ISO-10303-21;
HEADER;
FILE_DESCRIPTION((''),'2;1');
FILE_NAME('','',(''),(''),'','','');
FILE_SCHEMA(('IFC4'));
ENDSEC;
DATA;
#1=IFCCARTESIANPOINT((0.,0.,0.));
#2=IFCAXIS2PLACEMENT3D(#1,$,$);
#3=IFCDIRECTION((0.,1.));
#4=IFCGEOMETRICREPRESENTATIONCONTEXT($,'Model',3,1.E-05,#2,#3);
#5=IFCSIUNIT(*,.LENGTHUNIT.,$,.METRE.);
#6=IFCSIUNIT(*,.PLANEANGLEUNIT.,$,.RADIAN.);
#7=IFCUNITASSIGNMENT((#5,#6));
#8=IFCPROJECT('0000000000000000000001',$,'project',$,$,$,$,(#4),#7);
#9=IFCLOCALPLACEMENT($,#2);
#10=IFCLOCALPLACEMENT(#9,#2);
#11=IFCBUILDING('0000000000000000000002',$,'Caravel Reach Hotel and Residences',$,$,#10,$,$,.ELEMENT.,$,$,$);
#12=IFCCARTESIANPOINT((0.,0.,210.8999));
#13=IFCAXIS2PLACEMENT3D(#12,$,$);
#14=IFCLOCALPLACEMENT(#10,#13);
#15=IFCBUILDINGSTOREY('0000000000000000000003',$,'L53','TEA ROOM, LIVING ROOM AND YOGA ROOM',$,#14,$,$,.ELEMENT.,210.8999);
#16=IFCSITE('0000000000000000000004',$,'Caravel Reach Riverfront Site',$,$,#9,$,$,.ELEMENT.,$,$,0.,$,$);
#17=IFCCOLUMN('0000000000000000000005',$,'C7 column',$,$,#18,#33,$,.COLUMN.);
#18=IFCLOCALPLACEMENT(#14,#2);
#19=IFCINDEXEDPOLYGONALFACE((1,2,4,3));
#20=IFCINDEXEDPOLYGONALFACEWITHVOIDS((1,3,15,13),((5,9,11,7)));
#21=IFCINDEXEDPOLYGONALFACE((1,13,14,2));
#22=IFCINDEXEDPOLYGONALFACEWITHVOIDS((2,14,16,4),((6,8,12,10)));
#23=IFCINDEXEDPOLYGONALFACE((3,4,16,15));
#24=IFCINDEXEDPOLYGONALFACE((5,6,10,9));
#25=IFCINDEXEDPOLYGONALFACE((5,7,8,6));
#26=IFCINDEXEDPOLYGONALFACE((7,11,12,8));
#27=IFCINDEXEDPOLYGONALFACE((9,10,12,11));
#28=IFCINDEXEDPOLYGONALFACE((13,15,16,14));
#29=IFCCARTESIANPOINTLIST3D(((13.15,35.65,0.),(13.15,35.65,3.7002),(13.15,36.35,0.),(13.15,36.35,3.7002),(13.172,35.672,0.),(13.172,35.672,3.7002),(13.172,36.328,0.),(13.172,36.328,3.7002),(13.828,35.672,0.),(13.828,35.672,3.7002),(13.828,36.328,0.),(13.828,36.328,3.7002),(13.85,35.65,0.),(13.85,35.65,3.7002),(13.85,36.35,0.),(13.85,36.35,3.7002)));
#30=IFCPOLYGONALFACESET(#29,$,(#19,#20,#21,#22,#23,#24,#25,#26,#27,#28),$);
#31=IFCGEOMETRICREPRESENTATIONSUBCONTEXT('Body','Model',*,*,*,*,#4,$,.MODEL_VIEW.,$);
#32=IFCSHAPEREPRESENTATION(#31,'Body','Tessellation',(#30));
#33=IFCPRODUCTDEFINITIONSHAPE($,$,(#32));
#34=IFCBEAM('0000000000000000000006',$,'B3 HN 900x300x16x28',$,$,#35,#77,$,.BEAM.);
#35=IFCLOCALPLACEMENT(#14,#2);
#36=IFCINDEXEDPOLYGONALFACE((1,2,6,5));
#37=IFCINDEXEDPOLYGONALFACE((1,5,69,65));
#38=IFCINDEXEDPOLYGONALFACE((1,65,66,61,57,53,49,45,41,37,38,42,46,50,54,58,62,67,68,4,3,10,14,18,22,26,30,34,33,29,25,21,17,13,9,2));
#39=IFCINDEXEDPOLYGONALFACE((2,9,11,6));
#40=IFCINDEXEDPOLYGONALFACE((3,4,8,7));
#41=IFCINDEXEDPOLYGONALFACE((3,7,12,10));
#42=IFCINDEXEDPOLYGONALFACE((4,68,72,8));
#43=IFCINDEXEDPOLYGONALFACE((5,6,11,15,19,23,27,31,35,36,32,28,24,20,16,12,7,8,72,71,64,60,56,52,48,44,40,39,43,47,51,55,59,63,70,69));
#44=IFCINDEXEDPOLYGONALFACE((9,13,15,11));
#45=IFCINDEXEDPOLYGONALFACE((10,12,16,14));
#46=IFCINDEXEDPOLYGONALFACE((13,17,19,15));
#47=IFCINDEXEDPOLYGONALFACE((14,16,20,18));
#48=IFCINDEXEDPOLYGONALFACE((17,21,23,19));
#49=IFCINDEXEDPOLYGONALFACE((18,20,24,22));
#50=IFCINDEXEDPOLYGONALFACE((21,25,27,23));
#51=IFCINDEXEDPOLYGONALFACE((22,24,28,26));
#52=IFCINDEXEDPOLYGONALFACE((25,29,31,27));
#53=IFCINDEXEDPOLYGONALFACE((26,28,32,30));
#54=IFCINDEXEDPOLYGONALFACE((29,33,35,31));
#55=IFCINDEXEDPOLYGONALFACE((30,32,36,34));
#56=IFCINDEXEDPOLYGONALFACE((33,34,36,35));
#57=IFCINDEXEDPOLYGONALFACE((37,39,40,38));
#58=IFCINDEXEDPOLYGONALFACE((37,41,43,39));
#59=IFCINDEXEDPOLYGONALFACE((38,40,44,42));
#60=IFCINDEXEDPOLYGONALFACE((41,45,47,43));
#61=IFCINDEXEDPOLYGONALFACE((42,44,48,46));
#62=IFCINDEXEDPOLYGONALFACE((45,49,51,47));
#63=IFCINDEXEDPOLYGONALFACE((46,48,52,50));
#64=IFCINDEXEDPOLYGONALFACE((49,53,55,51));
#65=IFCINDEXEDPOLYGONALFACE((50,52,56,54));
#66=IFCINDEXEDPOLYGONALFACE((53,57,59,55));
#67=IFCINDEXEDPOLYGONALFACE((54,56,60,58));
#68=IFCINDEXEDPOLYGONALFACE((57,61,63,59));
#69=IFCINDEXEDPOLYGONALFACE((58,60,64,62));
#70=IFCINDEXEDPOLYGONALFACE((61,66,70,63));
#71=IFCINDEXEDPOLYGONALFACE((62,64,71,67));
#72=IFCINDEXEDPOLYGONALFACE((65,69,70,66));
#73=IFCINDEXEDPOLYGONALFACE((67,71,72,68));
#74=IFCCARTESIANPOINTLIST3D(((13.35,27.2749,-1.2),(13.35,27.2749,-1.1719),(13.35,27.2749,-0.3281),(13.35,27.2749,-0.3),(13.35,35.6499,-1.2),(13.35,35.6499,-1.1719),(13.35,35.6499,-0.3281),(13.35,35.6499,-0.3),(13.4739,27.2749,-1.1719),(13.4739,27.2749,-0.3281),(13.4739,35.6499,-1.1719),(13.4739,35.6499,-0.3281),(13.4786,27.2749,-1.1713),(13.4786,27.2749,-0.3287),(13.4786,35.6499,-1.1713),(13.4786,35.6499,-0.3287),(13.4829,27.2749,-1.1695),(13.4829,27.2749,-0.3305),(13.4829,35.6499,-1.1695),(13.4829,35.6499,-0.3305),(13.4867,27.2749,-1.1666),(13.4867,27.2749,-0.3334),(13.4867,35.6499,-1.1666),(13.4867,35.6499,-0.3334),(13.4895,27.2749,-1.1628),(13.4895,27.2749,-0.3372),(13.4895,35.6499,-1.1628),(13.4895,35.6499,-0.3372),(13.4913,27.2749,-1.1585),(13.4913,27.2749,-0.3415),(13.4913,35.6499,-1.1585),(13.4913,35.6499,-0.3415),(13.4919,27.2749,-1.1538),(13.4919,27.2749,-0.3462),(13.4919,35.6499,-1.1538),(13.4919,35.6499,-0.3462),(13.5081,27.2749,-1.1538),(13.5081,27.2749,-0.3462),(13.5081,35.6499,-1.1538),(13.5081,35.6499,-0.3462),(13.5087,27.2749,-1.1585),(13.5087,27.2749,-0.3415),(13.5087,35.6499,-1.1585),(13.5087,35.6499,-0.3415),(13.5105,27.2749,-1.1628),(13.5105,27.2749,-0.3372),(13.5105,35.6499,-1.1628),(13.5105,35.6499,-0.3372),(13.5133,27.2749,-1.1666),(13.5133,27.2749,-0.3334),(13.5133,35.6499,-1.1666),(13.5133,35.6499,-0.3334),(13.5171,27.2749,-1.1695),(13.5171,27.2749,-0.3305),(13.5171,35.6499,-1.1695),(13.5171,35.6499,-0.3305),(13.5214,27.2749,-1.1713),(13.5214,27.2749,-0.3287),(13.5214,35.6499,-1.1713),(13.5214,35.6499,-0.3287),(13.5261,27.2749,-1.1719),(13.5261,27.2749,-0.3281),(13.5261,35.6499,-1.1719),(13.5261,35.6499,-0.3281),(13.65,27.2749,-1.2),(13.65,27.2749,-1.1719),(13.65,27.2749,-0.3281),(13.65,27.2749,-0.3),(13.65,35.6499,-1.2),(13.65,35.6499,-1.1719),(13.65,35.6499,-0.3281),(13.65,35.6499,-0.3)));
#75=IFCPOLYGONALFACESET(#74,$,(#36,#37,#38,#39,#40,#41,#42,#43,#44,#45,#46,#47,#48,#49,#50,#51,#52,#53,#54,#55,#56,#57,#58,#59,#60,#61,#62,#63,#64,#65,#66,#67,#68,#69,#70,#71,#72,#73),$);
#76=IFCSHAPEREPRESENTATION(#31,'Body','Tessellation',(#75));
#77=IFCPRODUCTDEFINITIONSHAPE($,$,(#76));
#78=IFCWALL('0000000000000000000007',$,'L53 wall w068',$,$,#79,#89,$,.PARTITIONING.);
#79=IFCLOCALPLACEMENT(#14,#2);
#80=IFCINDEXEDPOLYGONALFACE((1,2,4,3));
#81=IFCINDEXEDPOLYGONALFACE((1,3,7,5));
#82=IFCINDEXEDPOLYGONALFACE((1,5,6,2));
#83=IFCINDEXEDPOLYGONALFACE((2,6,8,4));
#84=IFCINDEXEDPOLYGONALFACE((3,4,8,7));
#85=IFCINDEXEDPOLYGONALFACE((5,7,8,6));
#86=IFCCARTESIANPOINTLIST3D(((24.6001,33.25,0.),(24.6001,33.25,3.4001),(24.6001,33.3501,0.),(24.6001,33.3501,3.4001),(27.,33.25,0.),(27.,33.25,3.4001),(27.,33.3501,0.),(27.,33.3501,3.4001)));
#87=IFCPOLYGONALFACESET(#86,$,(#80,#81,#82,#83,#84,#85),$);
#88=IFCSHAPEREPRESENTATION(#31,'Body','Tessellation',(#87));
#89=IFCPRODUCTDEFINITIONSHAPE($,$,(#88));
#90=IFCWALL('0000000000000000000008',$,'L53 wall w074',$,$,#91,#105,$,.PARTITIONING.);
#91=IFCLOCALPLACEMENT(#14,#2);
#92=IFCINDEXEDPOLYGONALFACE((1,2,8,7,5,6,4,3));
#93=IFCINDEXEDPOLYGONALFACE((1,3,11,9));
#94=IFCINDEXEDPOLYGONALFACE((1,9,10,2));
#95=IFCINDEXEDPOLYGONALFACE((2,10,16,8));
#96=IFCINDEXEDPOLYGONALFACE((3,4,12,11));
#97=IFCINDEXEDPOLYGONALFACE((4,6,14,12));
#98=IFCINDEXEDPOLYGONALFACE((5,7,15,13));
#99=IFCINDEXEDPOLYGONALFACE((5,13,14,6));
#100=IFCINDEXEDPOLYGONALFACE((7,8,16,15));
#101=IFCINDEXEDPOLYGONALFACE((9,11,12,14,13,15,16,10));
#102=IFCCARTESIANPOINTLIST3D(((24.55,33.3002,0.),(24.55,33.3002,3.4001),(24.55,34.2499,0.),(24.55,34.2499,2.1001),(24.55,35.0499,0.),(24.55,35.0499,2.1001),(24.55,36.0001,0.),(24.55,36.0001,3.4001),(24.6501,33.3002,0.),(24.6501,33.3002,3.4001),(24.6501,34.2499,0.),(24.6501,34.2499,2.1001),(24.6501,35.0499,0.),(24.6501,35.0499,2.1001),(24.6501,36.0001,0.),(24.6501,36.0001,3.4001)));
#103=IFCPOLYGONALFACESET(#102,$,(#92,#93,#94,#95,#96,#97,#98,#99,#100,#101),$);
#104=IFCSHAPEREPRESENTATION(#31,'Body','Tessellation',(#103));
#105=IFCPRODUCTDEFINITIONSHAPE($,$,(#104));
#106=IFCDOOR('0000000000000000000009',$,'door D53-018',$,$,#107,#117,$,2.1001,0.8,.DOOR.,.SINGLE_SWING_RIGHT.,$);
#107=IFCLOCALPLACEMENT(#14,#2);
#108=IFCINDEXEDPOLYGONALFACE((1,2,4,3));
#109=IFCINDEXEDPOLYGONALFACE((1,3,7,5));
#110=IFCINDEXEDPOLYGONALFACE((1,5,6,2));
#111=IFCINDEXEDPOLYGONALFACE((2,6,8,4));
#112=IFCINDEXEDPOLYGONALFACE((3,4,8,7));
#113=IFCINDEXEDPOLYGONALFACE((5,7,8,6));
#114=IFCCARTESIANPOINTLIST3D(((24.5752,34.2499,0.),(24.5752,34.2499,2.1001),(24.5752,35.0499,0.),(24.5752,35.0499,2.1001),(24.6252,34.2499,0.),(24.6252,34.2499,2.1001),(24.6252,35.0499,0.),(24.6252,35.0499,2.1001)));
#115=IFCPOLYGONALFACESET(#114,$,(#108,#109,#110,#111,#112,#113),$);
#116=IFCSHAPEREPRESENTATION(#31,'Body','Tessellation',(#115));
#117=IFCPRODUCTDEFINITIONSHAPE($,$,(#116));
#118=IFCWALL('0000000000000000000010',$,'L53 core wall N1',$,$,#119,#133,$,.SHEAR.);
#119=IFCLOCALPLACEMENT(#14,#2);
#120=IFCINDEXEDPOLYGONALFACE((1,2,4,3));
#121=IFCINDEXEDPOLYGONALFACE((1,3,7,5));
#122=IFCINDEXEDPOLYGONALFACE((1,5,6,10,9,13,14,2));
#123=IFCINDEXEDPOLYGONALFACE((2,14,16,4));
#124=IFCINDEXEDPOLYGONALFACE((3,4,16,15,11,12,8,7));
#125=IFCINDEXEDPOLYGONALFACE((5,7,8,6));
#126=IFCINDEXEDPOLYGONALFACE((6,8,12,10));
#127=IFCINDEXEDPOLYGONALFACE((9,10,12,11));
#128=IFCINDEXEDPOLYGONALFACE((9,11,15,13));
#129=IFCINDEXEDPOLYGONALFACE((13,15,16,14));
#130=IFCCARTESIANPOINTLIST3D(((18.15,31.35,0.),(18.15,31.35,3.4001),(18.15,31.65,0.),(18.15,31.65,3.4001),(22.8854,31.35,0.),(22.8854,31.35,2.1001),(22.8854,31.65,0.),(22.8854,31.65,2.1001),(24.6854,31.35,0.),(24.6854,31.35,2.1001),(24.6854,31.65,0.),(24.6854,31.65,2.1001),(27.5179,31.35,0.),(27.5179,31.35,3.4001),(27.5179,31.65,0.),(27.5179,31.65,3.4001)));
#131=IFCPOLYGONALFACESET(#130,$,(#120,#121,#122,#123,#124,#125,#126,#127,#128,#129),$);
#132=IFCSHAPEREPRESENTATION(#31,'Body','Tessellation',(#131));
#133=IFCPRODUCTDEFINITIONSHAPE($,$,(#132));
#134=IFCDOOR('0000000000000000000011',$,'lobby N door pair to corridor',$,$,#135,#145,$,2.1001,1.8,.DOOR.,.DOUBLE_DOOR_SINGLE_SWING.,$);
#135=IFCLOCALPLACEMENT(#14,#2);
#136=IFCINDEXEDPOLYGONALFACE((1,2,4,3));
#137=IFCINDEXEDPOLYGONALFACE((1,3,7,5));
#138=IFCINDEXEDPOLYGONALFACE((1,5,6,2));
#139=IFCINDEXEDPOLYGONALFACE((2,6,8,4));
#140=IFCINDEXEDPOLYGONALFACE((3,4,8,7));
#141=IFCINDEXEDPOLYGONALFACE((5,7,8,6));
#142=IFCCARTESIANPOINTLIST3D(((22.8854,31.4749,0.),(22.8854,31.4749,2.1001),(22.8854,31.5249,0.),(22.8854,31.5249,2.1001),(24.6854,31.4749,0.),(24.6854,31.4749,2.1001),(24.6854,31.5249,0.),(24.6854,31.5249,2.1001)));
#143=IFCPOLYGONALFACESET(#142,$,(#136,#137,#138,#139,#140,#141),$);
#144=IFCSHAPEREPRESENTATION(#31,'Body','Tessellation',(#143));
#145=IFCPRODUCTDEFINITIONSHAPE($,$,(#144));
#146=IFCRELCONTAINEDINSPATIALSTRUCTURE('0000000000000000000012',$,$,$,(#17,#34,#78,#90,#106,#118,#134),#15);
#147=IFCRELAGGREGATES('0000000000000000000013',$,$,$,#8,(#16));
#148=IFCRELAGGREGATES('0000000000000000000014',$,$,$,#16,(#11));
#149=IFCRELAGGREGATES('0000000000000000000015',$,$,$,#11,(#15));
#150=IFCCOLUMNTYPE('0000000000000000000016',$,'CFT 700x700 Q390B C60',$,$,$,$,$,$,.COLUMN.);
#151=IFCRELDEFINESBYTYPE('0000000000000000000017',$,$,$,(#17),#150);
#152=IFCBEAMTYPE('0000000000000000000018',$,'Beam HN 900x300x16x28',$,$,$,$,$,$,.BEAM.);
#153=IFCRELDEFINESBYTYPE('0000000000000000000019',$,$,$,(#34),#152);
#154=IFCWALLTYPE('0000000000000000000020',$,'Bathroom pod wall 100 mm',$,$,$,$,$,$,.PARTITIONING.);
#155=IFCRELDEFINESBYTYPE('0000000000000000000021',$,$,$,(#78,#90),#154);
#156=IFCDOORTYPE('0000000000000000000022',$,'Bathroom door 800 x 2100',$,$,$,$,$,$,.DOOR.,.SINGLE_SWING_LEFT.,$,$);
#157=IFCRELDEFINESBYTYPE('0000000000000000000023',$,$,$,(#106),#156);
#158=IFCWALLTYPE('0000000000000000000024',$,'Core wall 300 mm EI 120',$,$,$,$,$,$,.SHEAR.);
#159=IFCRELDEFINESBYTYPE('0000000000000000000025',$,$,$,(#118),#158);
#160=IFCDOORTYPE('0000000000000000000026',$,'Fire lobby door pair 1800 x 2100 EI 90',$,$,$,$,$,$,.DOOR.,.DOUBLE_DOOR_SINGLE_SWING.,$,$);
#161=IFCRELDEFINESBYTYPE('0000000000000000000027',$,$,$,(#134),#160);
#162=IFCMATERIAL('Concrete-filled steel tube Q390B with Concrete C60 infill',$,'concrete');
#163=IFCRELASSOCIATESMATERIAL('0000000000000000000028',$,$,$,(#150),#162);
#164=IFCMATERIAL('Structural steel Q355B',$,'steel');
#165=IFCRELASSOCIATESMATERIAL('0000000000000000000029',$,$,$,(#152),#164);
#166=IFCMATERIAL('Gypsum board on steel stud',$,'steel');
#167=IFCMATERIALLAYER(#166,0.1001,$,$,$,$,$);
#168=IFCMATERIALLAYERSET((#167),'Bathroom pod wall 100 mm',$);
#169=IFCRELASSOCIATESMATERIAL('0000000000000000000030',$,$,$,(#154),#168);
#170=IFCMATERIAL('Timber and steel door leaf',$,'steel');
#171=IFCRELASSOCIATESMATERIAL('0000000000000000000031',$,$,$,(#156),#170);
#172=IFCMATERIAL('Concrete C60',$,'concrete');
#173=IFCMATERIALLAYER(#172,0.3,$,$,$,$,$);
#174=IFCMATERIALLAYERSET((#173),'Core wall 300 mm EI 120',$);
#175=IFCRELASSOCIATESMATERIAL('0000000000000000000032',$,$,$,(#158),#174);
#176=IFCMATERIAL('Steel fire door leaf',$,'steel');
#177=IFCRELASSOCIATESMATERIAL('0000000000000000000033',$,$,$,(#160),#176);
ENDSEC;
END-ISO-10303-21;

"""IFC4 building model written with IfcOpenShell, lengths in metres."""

from ifc_helpers import new_model, si_unit, direction, frame, frame_2d, origin, origin_2d, place, context, subcontext, project, spatial, rectangle, hollow_rectangle, i_section, extrude, material, layer, layer_set, material_profile, profile_set, type_object, element, fill, save


model = new_model("IFC4")

# Units and contexts
model_context = context("Model", 3, precision=1e-05, world=origin(), true_north=direction((0.0, 1.0)))
body_context = subcontext(model_context, "Body", "Model", "MODEL_VIEW")
ifc_project = project(units=[si_unit("LENGTHUNIT", "METRE"), si_unit("PLANEANGLEUNIT", "RADIAN")], contexts=[model_context])

# Site, building, storey
site_placement = place(None, origin())
site = spatial("IfcSite", under=ifc_project, at=site_placement, Name="Caravel Reach Riverfront Site", CompositionType="ELEMENT", RefElevation=0.0)
building_placement = place(site_placement, origin())
building = spatial("IfcBuilding", under=site, at=building_placement, Name="Caravel Reach Hotel and Residences", CompositionType="ELEMENT")
storey_placement = place(building_placement, frame((0.0, 0.0, 210.8999)))
storey = spatial("IfcBuildingStorey", under=building, at=storey_placement, Name="L53", Description="TEA ROOM, LIVING ROOM AND YOGA ROOM", CompositionType="ELEMENT", Elevation=210.8999)

# Column
ifc_material_1 = material(Name="Concrete-filled steel tube Q390B with Concrete C60 infill", Category="concrete")
ifc_material_profile_1 = material_profile(ifc_material_1, hollow_rectangle(XDim=0.7, YDim=0.7, WallThickness=0.022, at=origin_2d()), Name="RHS 700x700x22")
ifc_profile_set_1 = profile_set([ifc_material_profile_1], Name="Concrete-filled steel tube Q390B with Concrete C60 infill")
column_type = type_object("IfcColumnType", Name="CFT 700x700 Q390B C60", PredefinedType="COLUMN", material=ifc_profile_set_1)
column_placement = place(storey_placement, frame((13.5, 36.0, 0.0), z_axis=(0.0, 0.0, 1.0), x_axis=(1.0, 0.0, 0.0)))
element("IfcColumn", 1, at=column_placement, inside=storey, type_object=column_type, Name="C7 column", PredefinedType="COLUMN", context=body_context, shape_type="SweptSolid", body=[
    extrude(hollow_rectangle(XDim=0.7, YDim=0.7, WallThickness=0.022, at=origin_2d()), origin(), (0.0, 0.0, 1.0), 3.7002),
])

# Beam
ifc_material_2 = material(Name="Structural steel Q355B", Category="steel")
ifc_material_profile_2 = material_profile(ifc_material_2, i_section(OverallWidth=0.3, OverallDepth=0.8999, WebThickness=0.0161, FlangeThickness=0.0281, FilletRadius=0.0181, at=origin_2d()), Name="HN 900x300x16x28")
ifc_profile_set_2 = profile_set([ifc_material_profile_2], Name="Structural steel Q355B")
beam_type = type_object("IfcBeamType", Name="Beam HN 900x300x16x28", PredefinedType="BEAM", material=ifc_profile_set_2)
beam_placement = place(storey_placement, frame((13.5, 27.2749, -0.75), z_axis=(0.0, 1.0, 0.0), x_axis=(-1.0, 0.0, 0.0)))
element("IfcBeam", 2, at=beam_placement, inside=storey, type_object=beam_type, Name="B3 HN 900x300x16x28", PredefinedType="BEAM", context=body_context, shape_type="SweptSolid", body=[
    extrude(i_section(OverallWidth=0.3, OverallDepth=0.8999, WebThickness=0.0161, FlangeThickness=0.0281, FilletRadius=0.0181, at=origin_2d()), origin(), (0.0, 0.0, 1.0), 8.375),
])

# Wall
ifc_material_3 = material(Name="Gypsum board on steel stud", Category="steel")
ifc_layer_1 = layer(ifc_material_3, 0.1001)
ifc_layer_set_1 = layer_set([ifc_layer_1], Name="Bathroom pod wall 100 mm")
wall_type_1 = type_object("IfcWallType", Name="Bathroom pod wall 100 mm", PredefinedType="PARTITIONING", material=ifc_layer_set_1)
wall_1_placement = place(storey_placement, frame((24.6001, 33.3, 0.0), z_axis=(0.0, 0.0, 1.0), x_axis=(1.0, 0.0, 0.0)))
element("IfcWall", 3, at=wall_1_placement, inside=storey, type_object=wall_type_1, Name="L53 wall w068", PredefinedType="PARTITIONING", context=body_context, shape_type="SweptSolid", body=[
    extrude(rectangle(XDim=2.3999, YDim=0.1001, at=frame_2d((1.2, 0.0))), origin(), (0.0, 0.0, 1.0), 3.4001),
])

# Walls, openings, doors
wall_2_placement = place(storey_placement, frame((24.6001, 33.3, 0.0), z_axis=(0.0, 0.0, 1.0), x_axis=(0.0, 1.0, 0.0)))
wall_2 = element("IfcWall", 4, at=wall_2_placement, inside=storey, type_object=wall_type_1, Name="L53 wall w074", PredefinedType="PARTITIONING", context=body_context, shape_type="SweptSolid", body=[
    extrude(rectangle(XDim=2.7, YDim=0.1001, at=frame_2d((1.3501, 0.0))), origin(), (0.0, 0.0, 1.0), 3.4001),
])
opening_1_placement = place(wall_2_placement, frame((0.95, 0.0, 0.0)))
opening_1 = element("IfcOpeningElement", 5, at=opening_1_placement, cuts=wall_2, PredefinedType="OPENING", context=body_context, shape_type="SweptSolid", body=[
    extrude(rectangle(XDim=0.8, YDim=2.1001, at=frame_2d((0.3999, 1.05))), frame((0.0, 0.0601, 0.0), z_axis=(0.0, -1.0, 0.0), x_axis=(1.0, 0.0, 0.0)), (0.0, 0.0, 1.0), 0.1201),
])
ifc_material_4 = material(Name="Timber and steel door leaf", Category="steel")
door_type_1 = type_object("IfcDoorType", Name="Bathroom door 800 x 2100", OperationType="SINGLE_SWING_LEFT", PredefinedType="DOOR", material=ifc_material_4)
door_1_placement = place(opening_1_placement, origin())
door_1 = element("IfcDoor", 6, at=door_1_placement, inside=storey, type_object=door_type_1, Name="door D53-018", OperationType="SINGLE_SWING_RIGHT", OverallHeight=2.1001, OverallWidth=0.8, PredefinedType="DOOR", context=body_context, shape_type="SweptSolid", body=[
    extrude(rectangle(XDim=0.8, YDim=2.1001, at=frame_2d((0.3999, 1.05))), frame((0.0, 0.0249, 0.0), z_axis=(0.0, -1.0, 0.0), x_axis=(1.0, 0.0, 0.0)), (0.0, 0.0, 1.0), 0.05),
])
fill(opening_1, door_1)
ifc_material_5 = material(Name="Concrete C60", Category="concrete")
ifc_layer_2 = layer(ifc_material_5, 0.3)
ifc_layer_set_2 = layer_set([ifc_layer_2], Name="Core wall 300 mm EI 120")
wall_type_2 = type_object("IfcWallType", Name="Core wall 300 mm EI 120", PredefinedType="SHEAR", material=ifc_layer_set_2)
wall_3_placement = place(storey_placement, frame((18.1499, 31.5, 0.0), z_axis=(0.0, 0.0, 1.0), x_axis=(1.0, 0.0, 0.0)))
wall_3 = element("IfcWall", 7, at=wall_3_placement, inside=storey, type_object=wall_type_2, Name="L53 core wall N1", PredefinedType="SHEAR", context=body_context, shape_type="SweptSolid", body=[
    extrude(rectangle(XDim=9.3679, YDim=0.3, at=frame_2d((4.6841, 0.0))), origin(), (0.0, 0.0, 1.0), 3.4001),
])
opening_2_placement = place(wall_3_placement, frame((4.7356, 0.0, 0.0)))
opening_2 = element("IfcOpeningElement", 8, at=opening_2_placement, cuts=wall_3, PredefinedType="OPENING", context=body_context, shape_type="SweptSolid", body=[
    extrude(rectangle(XDim=1.8, YDim=2.1001, at=frame_2d((0.8999, 1.05))), frame((0.0, 0.1599, 0.0), z_axis=(0.0, -1.0, 0.0), x_axis=(1.0, 0.0, 0.0)), (0.0, 0.0, 1.0), 0.3201),
])
ifc_material_6 = material(Name="Steel fire door leaf", Category="steel")
door_type_2 = type_object("IfcDoorType", Name="Fire lobby door pair 1800 x 2100 EI 90", OperationType="DOUBLE_DOOR_SINGLE_SWING", PredefinedType="DOOR", material=ifc_material_6)
door_2_placement = place(opening_2_placement, origin())
door_2 = element("IfcDoor", 9, at=door_2_placement, inside=storey, type_object=door_type_2, Name="lobby N door pair to corridor", OperationType="DOUBLE_DOOR_SINGLE_SWING", OverallHeight=2.1001, OverallWidth=1.8, PredefinedType="DOOR", context=body_context, shape_type="SweptSolid", body=[
    extrude(rectangle(XDim=1.8, YDim=2.1001, at=frame_2d((0.8999, 1.05))), frame((0.0, 0.0249, 0.0), z_axis=(0.0, -1.0, 0.0), x_axis=(1.0, 0.0, 0.0)), (0.0, 0.0, 1.0), 0.05),
])
fill(opening_2, door_2)

save(model, "model.ifc")
